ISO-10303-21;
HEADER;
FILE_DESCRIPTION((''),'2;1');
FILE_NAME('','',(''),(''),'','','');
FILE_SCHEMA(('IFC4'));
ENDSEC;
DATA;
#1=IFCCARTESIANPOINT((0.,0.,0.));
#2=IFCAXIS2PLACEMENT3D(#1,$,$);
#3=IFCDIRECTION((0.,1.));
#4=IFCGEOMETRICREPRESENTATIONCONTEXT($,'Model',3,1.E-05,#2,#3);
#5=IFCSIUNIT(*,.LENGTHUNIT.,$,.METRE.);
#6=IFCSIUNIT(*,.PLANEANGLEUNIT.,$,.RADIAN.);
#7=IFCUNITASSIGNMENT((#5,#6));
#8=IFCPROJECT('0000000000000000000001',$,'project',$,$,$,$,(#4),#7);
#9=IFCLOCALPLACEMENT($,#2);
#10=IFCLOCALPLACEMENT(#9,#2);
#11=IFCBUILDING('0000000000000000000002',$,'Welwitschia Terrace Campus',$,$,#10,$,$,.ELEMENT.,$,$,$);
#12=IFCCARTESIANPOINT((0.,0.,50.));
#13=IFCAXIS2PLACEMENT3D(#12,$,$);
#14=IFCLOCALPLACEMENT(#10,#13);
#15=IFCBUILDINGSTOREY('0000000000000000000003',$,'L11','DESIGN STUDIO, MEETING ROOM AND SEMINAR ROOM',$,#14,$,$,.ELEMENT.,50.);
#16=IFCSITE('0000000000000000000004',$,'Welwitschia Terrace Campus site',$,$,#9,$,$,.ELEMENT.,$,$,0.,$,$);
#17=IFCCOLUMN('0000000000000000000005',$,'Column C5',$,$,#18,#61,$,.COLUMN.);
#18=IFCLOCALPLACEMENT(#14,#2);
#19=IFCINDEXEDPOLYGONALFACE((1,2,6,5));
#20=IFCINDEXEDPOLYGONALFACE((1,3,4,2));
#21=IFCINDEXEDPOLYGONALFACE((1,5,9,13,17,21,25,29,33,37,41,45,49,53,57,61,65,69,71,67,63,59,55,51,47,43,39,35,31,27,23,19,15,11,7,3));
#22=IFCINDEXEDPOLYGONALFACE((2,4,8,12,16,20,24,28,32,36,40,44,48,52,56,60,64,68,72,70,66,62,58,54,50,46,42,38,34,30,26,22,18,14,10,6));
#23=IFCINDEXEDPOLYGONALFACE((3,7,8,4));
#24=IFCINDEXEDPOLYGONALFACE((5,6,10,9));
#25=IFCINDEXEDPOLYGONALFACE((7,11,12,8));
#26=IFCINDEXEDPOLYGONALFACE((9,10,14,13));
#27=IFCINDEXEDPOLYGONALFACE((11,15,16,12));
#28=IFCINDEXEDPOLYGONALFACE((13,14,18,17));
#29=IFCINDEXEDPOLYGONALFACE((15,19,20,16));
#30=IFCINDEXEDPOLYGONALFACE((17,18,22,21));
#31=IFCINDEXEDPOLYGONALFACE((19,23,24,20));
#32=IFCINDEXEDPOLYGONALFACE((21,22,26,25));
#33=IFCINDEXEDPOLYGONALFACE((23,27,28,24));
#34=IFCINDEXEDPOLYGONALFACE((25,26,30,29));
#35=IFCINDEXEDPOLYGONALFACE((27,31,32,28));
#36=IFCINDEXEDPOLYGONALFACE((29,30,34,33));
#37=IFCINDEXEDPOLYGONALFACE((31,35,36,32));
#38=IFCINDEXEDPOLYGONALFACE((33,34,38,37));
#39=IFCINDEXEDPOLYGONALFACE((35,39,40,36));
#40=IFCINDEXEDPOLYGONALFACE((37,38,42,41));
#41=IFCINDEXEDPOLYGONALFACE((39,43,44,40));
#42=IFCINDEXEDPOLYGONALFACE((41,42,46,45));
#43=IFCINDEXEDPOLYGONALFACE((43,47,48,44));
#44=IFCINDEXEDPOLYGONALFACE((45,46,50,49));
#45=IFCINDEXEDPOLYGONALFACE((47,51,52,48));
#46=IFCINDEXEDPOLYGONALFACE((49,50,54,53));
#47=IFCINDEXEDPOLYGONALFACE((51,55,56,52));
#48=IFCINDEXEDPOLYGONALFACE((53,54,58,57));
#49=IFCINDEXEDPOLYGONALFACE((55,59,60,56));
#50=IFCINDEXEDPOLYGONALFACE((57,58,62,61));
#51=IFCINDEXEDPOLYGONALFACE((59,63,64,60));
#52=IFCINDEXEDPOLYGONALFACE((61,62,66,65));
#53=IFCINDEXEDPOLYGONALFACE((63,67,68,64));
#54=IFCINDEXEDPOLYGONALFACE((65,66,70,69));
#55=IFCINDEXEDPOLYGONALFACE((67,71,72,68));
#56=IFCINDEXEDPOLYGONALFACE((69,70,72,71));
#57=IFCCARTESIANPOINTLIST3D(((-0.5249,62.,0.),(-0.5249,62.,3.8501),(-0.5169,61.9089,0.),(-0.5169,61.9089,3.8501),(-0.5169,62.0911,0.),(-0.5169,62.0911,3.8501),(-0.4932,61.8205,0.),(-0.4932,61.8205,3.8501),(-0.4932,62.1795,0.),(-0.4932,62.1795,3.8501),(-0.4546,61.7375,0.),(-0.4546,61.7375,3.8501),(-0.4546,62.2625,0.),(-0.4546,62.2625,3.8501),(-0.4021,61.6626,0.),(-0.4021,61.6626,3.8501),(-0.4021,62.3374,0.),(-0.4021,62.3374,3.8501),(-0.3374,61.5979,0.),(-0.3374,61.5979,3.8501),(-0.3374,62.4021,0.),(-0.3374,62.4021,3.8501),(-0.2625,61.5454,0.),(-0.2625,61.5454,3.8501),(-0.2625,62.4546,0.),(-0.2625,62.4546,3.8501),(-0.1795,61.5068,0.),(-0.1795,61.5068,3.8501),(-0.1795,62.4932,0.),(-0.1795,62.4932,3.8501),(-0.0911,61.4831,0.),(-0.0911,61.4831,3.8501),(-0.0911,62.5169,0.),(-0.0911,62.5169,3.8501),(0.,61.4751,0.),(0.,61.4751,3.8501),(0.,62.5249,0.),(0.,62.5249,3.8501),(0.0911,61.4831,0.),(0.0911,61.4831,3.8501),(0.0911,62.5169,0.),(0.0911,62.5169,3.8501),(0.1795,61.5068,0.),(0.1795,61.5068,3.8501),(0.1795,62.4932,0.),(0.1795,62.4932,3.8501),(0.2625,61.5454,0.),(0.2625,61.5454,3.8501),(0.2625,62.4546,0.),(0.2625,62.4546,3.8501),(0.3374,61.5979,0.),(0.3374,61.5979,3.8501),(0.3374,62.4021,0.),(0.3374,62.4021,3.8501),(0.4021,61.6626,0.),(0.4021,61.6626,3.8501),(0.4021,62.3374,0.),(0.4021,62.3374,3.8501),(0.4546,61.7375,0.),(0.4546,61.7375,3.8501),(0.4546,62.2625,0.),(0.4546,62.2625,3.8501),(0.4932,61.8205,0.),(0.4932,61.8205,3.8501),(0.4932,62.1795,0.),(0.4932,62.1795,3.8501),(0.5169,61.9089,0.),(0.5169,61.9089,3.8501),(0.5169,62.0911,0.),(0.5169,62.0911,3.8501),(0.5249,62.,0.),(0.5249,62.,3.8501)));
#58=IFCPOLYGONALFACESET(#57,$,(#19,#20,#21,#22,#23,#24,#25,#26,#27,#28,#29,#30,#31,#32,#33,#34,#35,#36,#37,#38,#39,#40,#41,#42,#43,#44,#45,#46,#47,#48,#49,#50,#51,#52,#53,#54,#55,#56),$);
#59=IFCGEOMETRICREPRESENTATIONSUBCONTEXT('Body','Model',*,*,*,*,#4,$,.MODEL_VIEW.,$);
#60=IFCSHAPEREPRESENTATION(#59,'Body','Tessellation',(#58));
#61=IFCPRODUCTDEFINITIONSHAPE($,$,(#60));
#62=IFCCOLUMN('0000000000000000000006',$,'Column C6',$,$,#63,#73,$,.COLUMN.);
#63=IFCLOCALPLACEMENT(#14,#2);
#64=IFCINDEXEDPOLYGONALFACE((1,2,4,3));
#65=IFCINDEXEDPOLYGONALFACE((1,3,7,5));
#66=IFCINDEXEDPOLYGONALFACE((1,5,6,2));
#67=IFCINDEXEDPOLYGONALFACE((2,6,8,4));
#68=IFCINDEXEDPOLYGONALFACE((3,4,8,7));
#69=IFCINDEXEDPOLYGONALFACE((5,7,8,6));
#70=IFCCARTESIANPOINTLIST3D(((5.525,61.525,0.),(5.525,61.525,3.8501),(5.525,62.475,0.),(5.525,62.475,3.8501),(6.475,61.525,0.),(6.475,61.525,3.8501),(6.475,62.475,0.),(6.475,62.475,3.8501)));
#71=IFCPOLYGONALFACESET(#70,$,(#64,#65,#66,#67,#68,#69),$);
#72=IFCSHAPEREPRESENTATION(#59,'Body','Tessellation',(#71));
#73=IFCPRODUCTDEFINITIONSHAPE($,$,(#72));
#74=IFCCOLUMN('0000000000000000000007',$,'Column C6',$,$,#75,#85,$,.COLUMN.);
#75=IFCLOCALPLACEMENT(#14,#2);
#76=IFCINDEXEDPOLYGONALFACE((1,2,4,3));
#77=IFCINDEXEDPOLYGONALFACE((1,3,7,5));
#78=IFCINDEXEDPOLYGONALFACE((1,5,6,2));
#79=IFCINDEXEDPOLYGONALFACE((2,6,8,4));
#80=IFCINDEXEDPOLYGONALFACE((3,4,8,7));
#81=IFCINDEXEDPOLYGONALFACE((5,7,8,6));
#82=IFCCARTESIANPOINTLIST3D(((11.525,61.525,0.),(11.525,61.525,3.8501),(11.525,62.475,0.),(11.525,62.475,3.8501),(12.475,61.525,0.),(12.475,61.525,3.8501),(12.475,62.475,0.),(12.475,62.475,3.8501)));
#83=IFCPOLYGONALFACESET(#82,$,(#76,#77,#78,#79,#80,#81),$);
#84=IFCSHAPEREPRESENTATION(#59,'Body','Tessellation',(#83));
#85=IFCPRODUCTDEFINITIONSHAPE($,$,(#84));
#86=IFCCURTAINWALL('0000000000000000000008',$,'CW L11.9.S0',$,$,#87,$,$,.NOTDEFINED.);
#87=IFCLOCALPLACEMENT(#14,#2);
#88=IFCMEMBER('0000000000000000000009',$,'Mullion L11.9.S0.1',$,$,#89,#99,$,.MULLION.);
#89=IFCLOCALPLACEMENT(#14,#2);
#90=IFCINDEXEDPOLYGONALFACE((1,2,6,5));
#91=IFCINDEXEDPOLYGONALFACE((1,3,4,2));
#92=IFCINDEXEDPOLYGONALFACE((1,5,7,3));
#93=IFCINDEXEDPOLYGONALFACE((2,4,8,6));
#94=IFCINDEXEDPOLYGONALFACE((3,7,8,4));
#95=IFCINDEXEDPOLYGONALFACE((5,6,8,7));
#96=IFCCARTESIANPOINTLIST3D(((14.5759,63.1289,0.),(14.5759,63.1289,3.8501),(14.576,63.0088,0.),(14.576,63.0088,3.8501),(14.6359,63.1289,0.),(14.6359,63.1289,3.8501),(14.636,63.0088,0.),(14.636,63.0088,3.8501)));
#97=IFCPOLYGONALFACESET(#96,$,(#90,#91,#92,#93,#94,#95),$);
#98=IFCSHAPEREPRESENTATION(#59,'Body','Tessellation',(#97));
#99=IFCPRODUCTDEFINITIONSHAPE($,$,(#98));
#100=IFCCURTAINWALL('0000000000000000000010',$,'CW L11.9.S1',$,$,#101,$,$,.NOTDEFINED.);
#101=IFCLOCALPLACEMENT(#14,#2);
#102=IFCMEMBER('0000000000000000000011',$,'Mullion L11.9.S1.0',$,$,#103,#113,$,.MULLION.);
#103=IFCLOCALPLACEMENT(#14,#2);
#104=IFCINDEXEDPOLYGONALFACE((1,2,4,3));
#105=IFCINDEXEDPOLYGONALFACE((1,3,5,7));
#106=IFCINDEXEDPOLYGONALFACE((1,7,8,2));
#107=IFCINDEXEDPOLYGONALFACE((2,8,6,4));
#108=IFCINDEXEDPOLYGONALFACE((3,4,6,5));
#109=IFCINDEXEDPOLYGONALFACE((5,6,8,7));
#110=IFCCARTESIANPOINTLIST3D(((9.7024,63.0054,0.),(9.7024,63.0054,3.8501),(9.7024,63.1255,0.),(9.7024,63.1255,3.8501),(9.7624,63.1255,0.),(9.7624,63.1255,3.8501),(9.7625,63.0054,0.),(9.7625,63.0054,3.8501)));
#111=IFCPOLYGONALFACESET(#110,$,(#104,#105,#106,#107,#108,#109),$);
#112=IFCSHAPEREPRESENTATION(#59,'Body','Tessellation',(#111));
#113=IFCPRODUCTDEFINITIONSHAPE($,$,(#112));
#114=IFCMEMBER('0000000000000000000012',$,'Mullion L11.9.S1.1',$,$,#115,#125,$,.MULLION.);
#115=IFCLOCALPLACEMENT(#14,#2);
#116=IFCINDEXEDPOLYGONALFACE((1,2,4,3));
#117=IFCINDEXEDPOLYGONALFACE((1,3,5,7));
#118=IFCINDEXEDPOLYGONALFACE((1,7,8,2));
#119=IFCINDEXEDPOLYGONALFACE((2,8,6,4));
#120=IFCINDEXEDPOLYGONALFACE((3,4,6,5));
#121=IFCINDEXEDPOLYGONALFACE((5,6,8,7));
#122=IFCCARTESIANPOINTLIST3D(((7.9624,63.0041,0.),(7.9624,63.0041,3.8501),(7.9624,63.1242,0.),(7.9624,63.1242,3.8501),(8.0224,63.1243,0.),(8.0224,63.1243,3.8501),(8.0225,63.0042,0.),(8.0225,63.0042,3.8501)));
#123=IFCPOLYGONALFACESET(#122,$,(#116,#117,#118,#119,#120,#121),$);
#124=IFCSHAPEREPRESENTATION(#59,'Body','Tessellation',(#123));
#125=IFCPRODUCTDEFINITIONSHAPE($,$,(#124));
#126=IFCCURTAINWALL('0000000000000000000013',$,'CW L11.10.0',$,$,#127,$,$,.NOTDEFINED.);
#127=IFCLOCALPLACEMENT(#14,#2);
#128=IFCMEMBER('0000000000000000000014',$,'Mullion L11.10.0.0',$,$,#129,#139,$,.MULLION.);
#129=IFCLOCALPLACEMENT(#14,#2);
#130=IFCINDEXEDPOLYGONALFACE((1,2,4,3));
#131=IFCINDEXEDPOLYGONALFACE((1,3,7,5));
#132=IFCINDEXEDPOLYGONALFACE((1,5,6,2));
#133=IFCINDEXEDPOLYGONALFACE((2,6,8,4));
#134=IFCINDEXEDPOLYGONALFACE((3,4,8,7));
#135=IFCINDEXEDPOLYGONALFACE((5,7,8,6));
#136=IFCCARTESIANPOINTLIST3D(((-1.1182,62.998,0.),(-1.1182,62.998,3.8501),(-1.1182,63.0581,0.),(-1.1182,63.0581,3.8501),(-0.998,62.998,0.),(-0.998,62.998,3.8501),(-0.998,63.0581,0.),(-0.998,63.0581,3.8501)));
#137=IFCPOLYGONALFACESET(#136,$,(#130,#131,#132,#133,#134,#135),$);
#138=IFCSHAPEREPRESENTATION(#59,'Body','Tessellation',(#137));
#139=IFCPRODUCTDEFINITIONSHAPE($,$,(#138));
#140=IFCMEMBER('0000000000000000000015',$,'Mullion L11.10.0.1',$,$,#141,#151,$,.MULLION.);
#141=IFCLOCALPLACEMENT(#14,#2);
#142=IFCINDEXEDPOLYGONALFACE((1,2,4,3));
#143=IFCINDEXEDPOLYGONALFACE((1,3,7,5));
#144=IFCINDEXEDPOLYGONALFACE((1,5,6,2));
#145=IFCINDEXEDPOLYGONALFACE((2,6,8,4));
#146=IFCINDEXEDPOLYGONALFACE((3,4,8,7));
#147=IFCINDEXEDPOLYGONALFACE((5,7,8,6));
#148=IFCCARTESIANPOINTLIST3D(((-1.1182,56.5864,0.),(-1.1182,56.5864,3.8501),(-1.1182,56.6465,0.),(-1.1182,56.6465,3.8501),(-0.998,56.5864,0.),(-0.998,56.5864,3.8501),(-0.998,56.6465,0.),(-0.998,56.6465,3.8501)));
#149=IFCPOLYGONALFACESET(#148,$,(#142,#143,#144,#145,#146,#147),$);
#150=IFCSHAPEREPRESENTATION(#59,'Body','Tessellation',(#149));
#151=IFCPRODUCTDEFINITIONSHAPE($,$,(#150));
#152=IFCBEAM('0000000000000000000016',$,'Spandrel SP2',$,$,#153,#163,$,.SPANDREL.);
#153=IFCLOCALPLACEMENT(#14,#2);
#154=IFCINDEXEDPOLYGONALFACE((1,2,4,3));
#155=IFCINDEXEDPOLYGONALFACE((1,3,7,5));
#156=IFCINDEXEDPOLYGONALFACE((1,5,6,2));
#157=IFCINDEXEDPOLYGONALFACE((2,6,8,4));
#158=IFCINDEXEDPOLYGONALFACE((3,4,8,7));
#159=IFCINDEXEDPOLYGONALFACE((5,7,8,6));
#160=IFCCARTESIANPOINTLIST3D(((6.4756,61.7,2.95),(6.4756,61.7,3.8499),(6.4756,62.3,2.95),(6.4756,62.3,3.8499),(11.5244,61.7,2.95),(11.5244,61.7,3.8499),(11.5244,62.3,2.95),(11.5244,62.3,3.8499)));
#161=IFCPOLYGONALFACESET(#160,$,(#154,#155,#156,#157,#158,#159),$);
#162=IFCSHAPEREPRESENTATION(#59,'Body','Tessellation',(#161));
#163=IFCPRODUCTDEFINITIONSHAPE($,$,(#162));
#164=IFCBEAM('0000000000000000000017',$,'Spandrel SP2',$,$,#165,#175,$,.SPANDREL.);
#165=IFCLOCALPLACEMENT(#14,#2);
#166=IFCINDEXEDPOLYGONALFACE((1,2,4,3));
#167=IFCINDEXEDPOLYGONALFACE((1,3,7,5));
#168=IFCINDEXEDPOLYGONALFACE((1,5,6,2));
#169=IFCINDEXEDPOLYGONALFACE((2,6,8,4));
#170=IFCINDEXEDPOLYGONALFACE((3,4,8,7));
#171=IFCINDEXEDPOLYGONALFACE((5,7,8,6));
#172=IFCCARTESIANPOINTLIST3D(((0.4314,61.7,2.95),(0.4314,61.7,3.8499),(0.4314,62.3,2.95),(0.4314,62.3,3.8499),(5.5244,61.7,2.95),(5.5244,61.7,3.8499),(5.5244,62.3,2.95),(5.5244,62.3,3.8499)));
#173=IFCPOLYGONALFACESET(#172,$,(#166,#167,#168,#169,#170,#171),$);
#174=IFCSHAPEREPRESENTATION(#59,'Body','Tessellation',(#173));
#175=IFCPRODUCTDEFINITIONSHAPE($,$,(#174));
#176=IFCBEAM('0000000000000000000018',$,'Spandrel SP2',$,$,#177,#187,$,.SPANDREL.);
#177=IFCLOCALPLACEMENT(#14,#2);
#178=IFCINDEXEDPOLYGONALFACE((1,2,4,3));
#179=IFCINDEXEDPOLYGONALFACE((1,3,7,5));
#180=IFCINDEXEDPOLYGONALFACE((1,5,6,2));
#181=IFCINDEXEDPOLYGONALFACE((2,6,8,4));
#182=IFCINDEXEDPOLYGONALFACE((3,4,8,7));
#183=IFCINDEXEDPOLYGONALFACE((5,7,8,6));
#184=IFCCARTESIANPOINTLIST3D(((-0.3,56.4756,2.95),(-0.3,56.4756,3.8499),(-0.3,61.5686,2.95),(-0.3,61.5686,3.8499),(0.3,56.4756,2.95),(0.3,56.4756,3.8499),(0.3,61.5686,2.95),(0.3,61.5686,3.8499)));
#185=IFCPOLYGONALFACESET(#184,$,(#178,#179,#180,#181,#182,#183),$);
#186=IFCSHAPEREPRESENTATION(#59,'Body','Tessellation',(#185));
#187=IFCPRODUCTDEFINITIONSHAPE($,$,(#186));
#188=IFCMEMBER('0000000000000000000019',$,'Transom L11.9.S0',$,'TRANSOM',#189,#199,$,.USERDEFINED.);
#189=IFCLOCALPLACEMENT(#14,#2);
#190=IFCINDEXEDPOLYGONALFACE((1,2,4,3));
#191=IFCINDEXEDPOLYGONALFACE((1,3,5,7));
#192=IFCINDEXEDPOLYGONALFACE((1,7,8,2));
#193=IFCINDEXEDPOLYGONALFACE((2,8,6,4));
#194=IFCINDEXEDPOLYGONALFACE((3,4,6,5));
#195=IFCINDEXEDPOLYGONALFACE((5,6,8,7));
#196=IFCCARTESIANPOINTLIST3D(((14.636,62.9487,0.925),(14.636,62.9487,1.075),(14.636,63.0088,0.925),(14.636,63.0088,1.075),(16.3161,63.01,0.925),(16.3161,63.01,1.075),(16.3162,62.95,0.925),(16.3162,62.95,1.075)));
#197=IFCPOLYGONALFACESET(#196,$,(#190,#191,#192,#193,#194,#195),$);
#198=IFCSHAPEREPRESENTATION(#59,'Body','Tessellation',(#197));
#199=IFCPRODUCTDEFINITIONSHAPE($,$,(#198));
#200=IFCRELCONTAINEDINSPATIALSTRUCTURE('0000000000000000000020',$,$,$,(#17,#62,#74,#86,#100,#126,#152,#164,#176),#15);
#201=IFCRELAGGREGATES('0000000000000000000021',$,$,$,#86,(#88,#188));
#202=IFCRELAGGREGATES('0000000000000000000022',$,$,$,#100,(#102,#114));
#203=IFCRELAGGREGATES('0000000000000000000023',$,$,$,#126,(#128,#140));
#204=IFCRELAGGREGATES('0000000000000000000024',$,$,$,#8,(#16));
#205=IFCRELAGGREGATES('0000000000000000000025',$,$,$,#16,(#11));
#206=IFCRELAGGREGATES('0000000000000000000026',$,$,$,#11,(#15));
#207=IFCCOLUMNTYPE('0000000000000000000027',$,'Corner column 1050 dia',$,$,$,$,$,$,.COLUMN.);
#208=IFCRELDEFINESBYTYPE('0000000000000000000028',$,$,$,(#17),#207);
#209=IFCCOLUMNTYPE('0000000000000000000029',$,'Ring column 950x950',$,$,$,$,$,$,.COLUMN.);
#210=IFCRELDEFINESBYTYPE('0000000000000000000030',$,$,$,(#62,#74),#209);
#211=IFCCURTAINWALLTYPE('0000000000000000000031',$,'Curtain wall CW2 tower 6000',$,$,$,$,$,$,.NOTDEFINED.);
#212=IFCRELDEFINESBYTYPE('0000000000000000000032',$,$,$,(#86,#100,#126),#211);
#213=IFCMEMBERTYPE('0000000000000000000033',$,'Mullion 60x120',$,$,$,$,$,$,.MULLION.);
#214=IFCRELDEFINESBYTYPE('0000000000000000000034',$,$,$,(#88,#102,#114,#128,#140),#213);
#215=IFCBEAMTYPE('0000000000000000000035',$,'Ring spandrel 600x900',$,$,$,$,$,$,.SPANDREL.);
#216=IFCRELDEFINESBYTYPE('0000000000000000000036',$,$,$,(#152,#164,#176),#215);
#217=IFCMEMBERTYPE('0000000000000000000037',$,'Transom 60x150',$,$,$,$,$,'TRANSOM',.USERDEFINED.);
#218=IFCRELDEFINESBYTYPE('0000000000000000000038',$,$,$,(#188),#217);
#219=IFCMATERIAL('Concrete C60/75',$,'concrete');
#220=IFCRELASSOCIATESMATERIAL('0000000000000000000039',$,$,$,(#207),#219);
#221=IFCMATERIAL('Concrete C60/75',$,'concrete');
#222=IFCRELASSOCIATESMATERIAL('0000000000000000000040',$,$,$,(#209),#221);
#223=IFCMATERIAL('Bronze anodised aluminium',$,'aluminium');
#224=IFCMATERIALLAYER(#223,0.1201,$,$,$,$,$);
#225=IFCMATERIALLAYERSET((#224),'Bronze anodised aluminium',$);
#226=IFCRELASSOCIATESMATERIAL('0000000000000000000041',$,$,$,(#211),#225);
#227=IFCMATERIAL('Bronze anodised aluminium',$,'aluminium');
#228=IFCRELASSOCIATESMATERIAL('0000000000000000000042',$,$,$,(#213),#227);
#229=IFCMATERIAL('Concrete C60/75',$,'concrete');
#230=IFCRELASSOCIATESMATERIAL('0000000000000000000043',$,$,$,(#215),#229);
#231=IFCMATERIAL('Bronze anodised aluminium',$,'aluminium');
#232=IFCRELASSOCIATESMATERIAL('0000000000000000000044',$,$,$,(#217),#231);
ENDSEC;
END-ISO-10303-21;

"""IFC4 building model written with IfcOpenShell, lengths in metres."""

from ifc_helpers import new_model, si_unit, direction, frame, origin, origin_2d, place, context, subcontext, project, spatial, rectangle, circle, extrude, material, layer, layer_set, material_profile, profile_set, type_object, element, aggregate, save


model = new_model("IFC4")

# Units and contexts
model_context = context("Model", 3, precision=1e-05, world=origin(), true_north=direction((0.0, 1.0)))
body_context = subcontext(model_context, "Body", "Model", "MODEL_VIEW")
ifc_project = project(units=[si_unit("LENGTHUNIT", "METRE"), si_unit("PLANEANGLEUNIT", "RADIAN")], contexts=[model_context])

# Site, building, storey
site_placement = place(None, origin())
site = spatial("IfcSite", under=ifc_project, at=site_placement, Name="Welwitschia Terrace Campus site", CompositionType="ELEMENT", RefElevation=0.0)
building_placement = place(site_placement, origin())
building = spatial("IfcBuilding", under=site, at=building_placement, Name="Welwitschia Terrace Campus", CompositionType="ELEMENT")
storey_placement = place(building_placement, frame((0.0, 0.0, 50.0)))
storey = spatial("IfcBuildingStorey", under=building, at=storey_placement, Name="L11", Description="DESIGN STUDIO, MEETING ROOM AND SEMINAR ROOM", CompositionType="ELEMENT", Elevation=50.0)

# Columns
ifc_material_1 = material(Name="Concrete C60/75", Category="concrete")
ifc_material_profile_1 = material_profile(ifc_material_1, circle(Radius=0.5249, at=origin_2d()))
ifc_profile_set_1 = profile_set([ifc_material_profile_1], Name="Concrete C60/75")
column_type_1 = type_object("IfcColumnType", Name="Corner column 1050 dia", PredefinedType="COLUMN", material=ifc_profile_set_1)
column_placement = place(storey_placement, frame((0.0, 62.0, 0.0), z_axis=(0.0, 0.0, 1.0), x_axis=(1.0, 0.0, 0.0)))
element("IfcColumn", 1, at=column_placement, inside=storey, type_object=column_type_1, Name="Column C5", PredefinedType="COLUMN", context=body_context, shape_type="SweptSolid", body=[
    extrude(circle(Radius=0.5249, at=origin_2d()), origin(), (0.0, 0.0, 1.0), 3.8501),
])
ifc_material_2 = material(Name="Concrete C60/75", Category="concrete")
ifc_material_profile_2 = material_profile(ifc_material_2, rectangle(XDim=0.95, YDim=0.95, at=origin_2d()))
ifc_profile_set_2 = profile_set([ifc_material_profile_2], Name="Concrete C60/75")
column_type_2 = type_object("IfcColumnType", Name="Ring column 950x950", PredefinedType="COLUMN", material=ifc_profile_set_2)
for number, where, z_axis, x_axis, name in (
    (2, (6.0, 62.0, 0.0), (0.0, 0.0, 1.0), (1.0, 0.0, 0.0), "Column C6"),
    (3, (12.0, 62.0, 0.0), (0.0, 0.0, 1.0), (1.0, 0.0, 0.0), "Column C6"),
):
    element("IfcColumn", number, at=place(storey_placement, frame(where, z_axis=z_axis, x_axis=x_axis)), inside=storey, type_object=column_type_2, Name=name, PredefinedType="COLUMN", context=body_context, shape_type="SweptSolid", body=[
        extrude(rectangle(XDim=0.95, YDim=0.95, at=origin_2d()), origin(), (0.0, 0.0, 1.0), 3.8501),
    ])

# Curtain wall, member
ifc_material_3 = material(Name="Bronze anodised aluminium", Category="aluminium")
ifc_layer_1 = layer(ifc_material_3, 0.1201)
ifc_layer_set_1 = layer_set([ifc_layer_1], Name="Bronze anodised aluminium")
curtain_wall_type = type_object("IfcCurtainWallType", Name="Curtain wall CW2 tower 6000", PredefinedType="NOTDEFINED", material=ifc_layer_set_1)
curtain_wall_1_placement = place(storey_placement, origin())
curtain_wall_1 = element("IfcCurtainWall", 4, at=curtain_wall_1_placement, inside=storey, type_object=curtain_wall_type, Name="CW L11.9.S0", PredefinedType="NOTDEFINED")
ifc_material_4 = material(Name="Bronze anodised aluminium", Category="aluminium")
ifc_material_profile_3 = material_profile(ifc_material_4, rectangle(XDim=0.1201, YDim=0.0601, at=origin_2d()))
ifc_profile_set_3 = profile_set([ifc_material_profile_3], Name="Bronze anodised aluminium")
member_type_1 = type_object("IfcMemberType", Name="Mullion 60x120", PredefinedType="MULLION", material=ifc_profile_set_3)
member_1_placement = place(storey_placement, frame((14.606, 63.0688, 0.0), z_axis=(0.0, 0.0, 1.0), x_axis=(0.000696, -1.0, 0.0)))
member_1 = element("IfcMember", 5, at=member_1_placement, type_object=member_type_1, Name="Mullion L11.9.S0.1", PredefinedType="MULLION", context=body_context, shape_type="SweptSolid", body=[
    extrude(rectangle(XDim=0.1201, YDim=0.0601, at=origin_2d()), origin(), (0.0, 0.0, 1.0), 3.8501),
])

# Curtain walls, members
curtain_wall_2_placement = place(storey_placement, origin())
curtain_wall_2 = element("IfcCurtainWall", 6, at=curtain_wall_2_placement, inside=storey, type_object=curtain_wall_type, Name="CW L11.9.S1", PredefinedType="NOTDEFINED")
member_2_placement = place(storey_placement, frame((9.7324, 63.0654, 0.0), z_axis=(0.0, 0.0, 1.0), x_axis=(0.000696, -1.0, 0.0)))
member_2 = element("IfcMember", 7, at=member_2_placement, type_object=member_type_1, Name="Mullion L11.9.S1.0", PredefinedType="MULLION", context=body_context, shape_type="SweptSolid", body=[
    extrude(rectangle(XDim=0.1201, YDim=0.0601, at=origin_2d()), origin(), (0.0, 0.0, 1.0), 3.8501),
])
member_3_placement = place(storey_placement, frame((7.9924, 63.0642, 0.0), z_axis=(0.0, 0.0, 1.0), x_axis=(0.000696, -1.0, 0.0)))
member_3 = element("IfcMember", 8, at=member_3_placement, type_object=member_type_1, Name="Mullion L11.9.S1.1", PredefinedType="MULLION", context=body_context, shape_type="SweptSolid", body=[
    extrude(rectangle(XDim=0.1201, YDim=0.0601, at=origin_2d()), origin(), (0.0, 0.0, 1.0), 3.8501),
])
curtain_wall_3_placement = place(storey_placement, origin())
curtain_wall_3 = element("IfcCurtainWall", 9, at=curtain_wall_3_placement, inside=storey, type_object=curtain_wall_type, Name="CW L11.10.0", PredefinedType="NOTDEFINED")
member_4_placement = place(storey_placement, frame((-1.0581, 63.0281, 0.0), z_axis=(0.0, 0.0, 1.0), x_axis=(1.0, 0.0, 0.0)))
member_4 = element("IfcMember", 10, at=member_4_placement, type_object=member_type_1, Name="Mullion L11.10.0.0", PredefinedType="MULLION", context=body_context, shape_type="SweptSolid", body=[
    extrude(rectangle(XDim=0.1201, YDim=0.0601, at=origin_2d()), origin(), (0.0, 0.0, 1.0), 3.8501),
])
member_5_placement = place(storey_placement, frame((-1.0581, 56.6165, 0.0), z_axis=(0.0, 0.0, 1.0), x_axis=(1.0, 0.0, 0.0)))
member_5 = element("IfcMember", 11, at=member_5_placement, type_object=member_type_1, Name="Mullion L11.10.0.1", PredefinedType="MULLION", context=body_context, shape_type="SweptSolid", body=[
    extrude(rectangle(XDim=0.1201, YDim=0.0601, at=origin_2d()), origin(), (0.0, 0.0, 1.0), 3.8501),
])

# Beams
ifc_material_5 = material(Name="Concrete C60/75", Category="concrete")
ifc_material_profile_4 = material_profile(ifc_material_5, rectangle(XDim=0.6001, YDim=0.8999, at=origin_2d()))
ifc_profile_set_4 = profile_set([ifc_material_profile_4], Name="Concrete C60/75")
beam_type = type_object("IfcBeamType", Name="Ring spandrel 600x900", PredefinedType="SPANDREL", material=ifc_profile_set_4)
beam_placement = place(storey_placement, frame((11.5244, 62.0, 3.3999), z_axis=(-1.0, 0.0, 0.0), x_axis=(0.0, -1.0, 0.0)))
element("IfcBeam", 12, at=beam_placement, inside=storey, type_object=beam_type, Name="Spandrel SP2", PredefinedType="SPANDREL", context=body_context, shape_type="SweptSolid", body=[
    extrude(rectangle(XDim=0.6001, YDim=0.8999, at=origin_2d()), origin(), (0.0, 0.0, 1.0), 5.0488),
])
for number, where, z_axis, x_axis, name in (
    (13, (5.5244, 62.0, 3.3999), (-1.0, 0.0, 0.0), (0.0, -1.0, 0.0), "Spandrel SP2"),
    (14, (0.0, 61.5686, 3.3999), (0.0, -1.0, 0.0), (1.0, 0.0, 0.0), "Spandrel SP2"),
):
    element("IfcBeam", number, at=place(storey_placement, frame(where, z_axis=z_axis, x_axis=x_axis)), inside=storey, type_object=beam_type, Name=name, PredefinedType="SPANDREL", context=body_context, shape_type="SweptSolid", body=[
        extrude(rectangle(XDim=0.6001, YDim=0.8999, at=origin_2d()), origin(), (0.0, 0.0, 1.0), 5.093),
    ])

# Member
ifc_material_6 = material(Name="Bronze anodised aluminium", Category="aluminium")
ifc_material_profile_5 = material_profile(ifc_material_6, rectangle(XDim=0.0601, YDim=0.1499, at=origin_2d()))
ifc_profile_set_5 = profile_set([ifc_material_profile_5], Name="Bronze anodised aluminium")
member_type_2 = type_object("IfcMemberType", Name="Transom 60x150", ElementType="TRANSOM", PredefinedType="USERDEFINED", material=ifc_profile_set_5)
member_6_placement = place(storey_placement, frame((16.3162, 62.98, 1.0), z_axis=(-1.0, -0.000727, 0.0), x_axis=(0.000727, -1.0, 0.0)))
member_6 = element("IfcMember", 15, at=member_6_placement, type_object=member_type_2, Name="Transom L11.9.S0", ObjectType="TRANSOM", PredefinedType="USERDEFINED", context=body_context, shape_type="SweptSolid", body=[
    extrude(rectangle(XDim=0.0601, YDim=0.1499, at=origin_2d()), origin(), (0.0, 0.0, 1.0), 1.6802),
])

aggregate(curtain_wall_1, [member_1, member_6])
aggregate(curtain_wall_2, [member_2, member_3])
aggregate(curtain_wall_3, [member_4, member_5])

save(model, "model.ifc")
